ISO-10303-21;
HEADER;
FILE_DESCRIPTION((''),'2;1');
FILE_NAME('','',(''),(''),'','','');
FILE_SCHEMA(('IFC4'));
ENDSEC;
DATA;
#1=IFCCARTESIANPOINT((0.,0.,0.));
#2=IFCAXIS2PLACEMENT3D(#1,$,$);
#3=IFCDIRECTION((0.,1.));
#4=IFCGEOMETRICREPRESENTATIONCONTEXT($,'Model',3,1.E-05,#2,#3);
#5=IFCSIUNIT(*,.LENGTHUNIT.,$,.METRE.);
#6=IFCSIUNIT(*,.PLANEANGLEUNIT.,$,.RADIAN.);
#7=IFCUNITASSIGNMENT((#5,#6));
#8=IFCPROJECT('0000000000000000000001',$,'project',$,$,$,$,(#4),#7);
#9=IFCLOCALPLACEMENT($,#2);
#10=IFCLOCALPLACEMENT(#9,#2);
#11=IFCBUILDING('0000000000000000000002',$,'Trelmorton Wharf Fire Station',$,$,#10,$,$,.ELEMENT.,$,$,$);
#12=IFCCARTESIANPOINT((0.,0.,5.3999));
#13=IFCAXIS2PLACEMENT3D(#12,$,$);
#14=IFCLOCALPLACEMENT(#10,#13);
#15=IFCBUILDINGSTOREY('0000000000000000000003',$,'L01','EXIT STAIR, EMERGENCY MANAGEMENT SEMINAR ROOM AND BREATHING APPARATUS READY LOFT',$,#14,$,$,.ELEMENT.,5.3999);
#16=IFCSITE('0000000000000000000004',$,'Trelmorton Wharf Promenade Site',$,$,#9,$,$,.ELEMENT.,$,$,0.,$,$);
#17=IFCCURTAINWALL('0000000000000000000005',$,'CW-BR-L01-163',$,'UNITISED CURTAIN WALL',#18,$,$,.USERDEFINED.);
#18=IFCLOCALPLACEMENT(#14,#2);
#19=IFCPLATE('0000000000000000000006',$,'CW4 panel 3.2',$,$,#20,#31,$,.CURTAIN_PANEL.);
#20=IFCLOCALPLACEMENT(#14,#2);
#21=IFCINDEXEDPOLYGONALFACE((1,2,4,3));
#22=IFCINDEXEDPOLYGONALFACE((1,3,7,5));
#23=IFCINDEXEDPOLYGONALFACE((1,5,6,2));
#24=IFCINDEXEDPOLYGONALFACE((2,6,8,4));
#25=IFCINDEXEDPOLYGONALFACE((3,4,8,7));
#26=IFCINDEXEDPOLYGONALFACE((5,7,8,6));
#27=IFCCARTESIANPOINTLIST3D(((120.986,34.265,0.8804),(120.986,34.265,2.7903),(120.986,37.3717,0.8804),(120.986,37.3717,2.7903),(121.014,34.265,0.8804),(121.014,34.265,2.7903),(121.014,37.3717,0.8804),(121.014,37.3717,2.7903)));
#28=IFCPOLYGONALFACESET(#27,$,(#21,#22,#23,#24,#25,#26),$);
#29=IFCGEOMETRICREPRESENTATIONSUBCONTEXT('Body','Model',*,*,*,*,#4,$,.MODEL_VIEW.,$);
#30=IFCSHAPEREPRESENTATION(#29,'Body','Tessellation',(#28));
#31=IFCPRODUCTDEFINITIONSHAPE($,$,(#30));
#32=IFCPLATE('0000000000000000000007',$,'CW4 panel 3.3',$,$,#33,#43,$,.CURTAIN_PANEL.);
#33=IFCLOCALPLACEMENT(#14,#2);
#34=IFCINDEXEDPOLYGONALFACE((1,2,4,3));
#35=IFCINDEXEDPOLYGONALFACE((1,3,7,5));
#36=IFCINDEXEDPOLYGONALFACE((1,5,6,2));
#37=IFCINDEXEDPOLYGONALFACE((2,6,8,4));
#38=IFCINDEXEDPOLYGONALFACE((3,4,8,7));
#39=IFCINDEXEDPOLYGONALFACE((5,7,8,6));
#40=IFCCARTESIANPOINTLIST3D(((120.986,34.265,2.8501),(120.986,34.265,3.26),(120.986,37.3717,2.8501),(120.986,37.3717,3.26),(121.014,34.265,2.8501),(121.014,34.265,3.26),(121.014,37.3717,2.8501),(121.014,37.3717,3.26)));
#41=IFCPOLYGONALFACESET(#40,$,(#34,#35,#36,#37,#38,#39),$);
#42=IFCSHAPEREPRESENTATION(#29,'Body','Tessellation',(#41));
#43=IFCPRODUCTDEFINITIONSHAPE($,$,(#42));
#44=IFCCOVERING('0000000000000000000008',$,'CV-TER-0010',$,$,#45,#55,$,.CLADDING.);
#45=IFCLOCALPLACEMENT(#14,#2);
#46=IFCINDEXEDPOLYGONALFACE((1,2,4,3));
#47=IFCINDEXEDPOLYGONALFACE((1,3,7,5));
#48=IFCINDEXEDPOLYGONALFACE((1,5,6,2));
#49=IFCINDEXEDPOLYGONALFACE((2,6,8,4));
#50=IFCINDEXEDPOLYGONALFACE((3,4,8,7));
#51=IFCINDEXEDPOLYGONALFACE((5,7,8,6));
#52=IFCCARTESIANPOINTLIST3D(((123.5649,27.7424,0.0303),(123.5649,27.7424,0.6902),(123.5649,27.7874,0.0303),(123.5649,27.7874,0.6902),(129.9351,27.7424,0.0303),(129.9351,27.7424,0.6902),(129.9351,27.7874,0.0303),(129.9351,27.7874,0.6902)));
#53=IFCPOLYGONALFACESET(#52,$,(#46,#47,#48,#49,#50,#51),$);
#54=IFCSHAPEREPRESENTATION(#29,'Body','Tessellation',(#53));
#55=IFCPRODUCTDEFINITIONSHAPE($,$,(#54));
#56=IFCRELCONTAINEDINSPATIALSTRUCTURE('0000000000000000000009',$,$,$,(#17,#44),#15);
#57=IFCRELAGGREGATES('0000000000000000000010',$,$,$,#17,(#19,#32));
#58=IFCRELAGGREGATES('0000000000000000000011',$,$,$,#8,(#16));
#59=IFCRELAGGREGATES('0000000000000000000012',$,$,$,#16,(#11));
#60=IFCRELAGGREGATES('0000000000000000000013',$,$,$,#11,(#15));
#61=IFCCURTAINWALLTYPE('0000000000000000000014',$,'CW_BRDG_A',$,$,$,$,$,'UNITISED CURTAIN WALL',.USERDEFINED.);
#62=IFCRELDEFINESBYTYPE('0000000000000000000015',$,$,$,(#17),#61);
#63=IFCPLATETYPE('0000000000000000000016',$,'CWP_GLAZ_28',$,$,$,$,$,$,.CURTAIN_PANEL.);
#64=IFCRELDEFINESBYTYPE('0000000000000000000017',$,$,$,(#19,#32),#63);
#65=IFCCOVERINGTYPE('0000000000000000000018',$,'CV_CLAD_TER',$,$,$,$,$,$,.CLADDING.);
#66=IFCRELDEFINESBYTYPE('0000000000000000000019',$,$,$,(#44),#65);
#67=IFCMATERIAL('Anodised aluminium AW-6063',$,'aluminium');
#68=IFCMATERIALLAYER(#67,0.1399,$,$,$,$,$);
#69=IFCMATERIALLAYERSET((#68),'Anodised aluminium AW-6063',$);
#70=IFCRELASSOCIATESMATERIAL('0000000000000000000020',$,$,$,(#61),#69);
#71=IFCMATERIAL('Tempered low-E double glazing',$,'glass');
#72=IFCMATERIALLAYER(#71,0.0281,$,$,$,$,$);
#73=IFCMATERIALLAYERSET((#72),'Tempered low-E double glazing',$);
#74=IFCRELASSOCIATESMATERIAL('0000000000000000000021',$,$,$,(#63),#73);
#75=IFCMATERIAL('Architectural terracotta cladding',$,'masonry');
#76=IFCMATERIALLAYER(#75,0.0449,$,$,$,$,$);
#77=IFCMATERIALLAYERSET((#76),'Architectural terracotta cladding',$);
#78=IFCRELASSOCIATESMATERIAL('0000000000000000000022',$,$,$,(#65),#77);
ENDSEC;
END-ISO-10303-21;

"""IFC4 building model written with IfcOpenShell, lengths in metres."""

from ifc_helpers import new_model, si_unit, direction, frame, origin, origin_2d, place, context, subcontext, project, spatial, rectangle, extrude, material, layer, layer_set, type_object, element, aggregate, save


model = new_model("IFC4")

# Units and contexts
model_context = context("Model", 3, precision=1e-05, world=origin(), true_north=direction((0.0, 1.0)))
body_context = subcontext(model_context, "Body", "Model", "MODEL_VIEW")
ifc_project = project(units=[si_unit("LENGTHUNIT", "METRE"), si_unit("PLANEANGLEUNIT", "RADIAN")], contexts=[model_context])

# Site, building, storey
site_placement = place(None, origin())
site = spatial("IfcSite", under=ifc_project, at=site_placement, Name="Trelmorton Wharf Promenade Site", CompositionType="ELEMENT", RefElevation=0.0)
building_placement = place(site_placement, origin())
building = spatial("IfcBuilding", under=site, at=building_placement, Name="Trelmorton Wharf Fire Station", CompositionType="ELEMENT")
storey_placement = place(building_placement, frame((0.0, 0.0, 5.3999)))
storey = spatial("IfcBuildingStorey", under=building, at=storey_placement, Name="L01", Description="EXIT STAIR, EMERGENCY MANAGEMENT SEMINAR ROOM AND BREATHING APPARATUS READY LOFT", CompositionType="ELEMENT", Elevation=5.3999)

# Curtain wall
ifc_material_1 = material(Name="Anodised aluminium AW-6063", Category="aluminium")
ifc_layer_1 = layer(ifc_material_1, 0.1399)
ifc_layer_set_1 = layer_set([ifc_layer_1], Name="Anodised aluminium AW-6063")
curtain_wall_type_1 = type_object("IfcCurtainWallType", Name="CW_BRDG_A", ElementType="UNITISED CURTAIN WALL", PredefinedType="USERDEFINED", material=ifc_layer_set_1)
curtain_wall_1_placement = place(storey_placement, origin())
curtain_wall_1 = element("IfcCurtainWall", 1, at=curtain_wall_1_placement, inside=storey, type_object=curtain_wall_type_1, Name="CW-BR-L01-163", ObjectType="UNITISED CURTAIN WALL", PredefinedType="USERDEFINED")

# Plates
ifc_material_2 = material(Name="Tempered low-E double glazing", Category="glass")
ifc_layer_2 = layer(ifc_material_2, 0.0281)
ifc_layer_set_2 = layer_set([ifc_layer_2], Name="Tempered low-E double glazing")
plate_type = type_object("IfcPlateType", Name="CWP_GLAZ_28", PredefinedType="CURTAIN_PANEL", material=ifc_layer_set_2)
plate_1_placement = place(storey_placement, frame((121.0, 35.8184, 0.8804), z_axis=(0.0, 0.0, 1.0), x_axis=(0.0, -1.0, 0.0)))
plate_1 = element("IfcPlate", 2, at=plate_1_placement, type_object=plate_type, Name="CW4 panel 3.2", PredefinedType="CURTAIN_PANEL", context=body_context, shape_type="SweptSolid", body=[
    extrude(rectangle(XDim=3.1067, YDim=0.0281, at=origin_2d()), origin(), (0.0, 0.0, 1.0), 1.9099),
])
plate_2_placement = place(storey_placement, frame((121.0, 35.8184, 2.8501), z_axis=(0.0, 0.0, 1.0), x_axis=(0.0, -1.0, 0.0)))
plate_2 = element("IfcPlate", 3, at=plate_2_placement, type_object=plate_type, Name="CW4 panel 3.3", PredefinedType="CURTAIN_PANEL", context=body_context, shape_type="SweptSolid", body=[
    extrude(rectangle(XDim=3.1067, YDim=0.0281, at=origin_2d()), origin(), (0.0, 0.0, 1.0), 0.4099),
])
aggregate(curtain_wall_1, [plate_1, plate_2])

# Covering
ifc_material_3 = material(Name="Architectural terracotta cladding", Category="masonry")
ifc_layer_3 = layer(ifc_material_3, 0.0449)
ifc_layer_set_3 = layer_set([ifc_layer_3], Name="Architectural terracotta cladding")
covering_type = type_object("IfcCoveringType", Name="CV_CLAD_TER", PredefinedType="CLADDING", material=ifc_layer_set_3)
covering_placement = place(storey_placement, frame((126.75, 27.7649, 0.0303), z_axis=(0.0, 0.0, 1.0), x_axis=(1.0, 0.0, 0.0)))
element("IfcCovering", 4, at=covering_placement, inside=storey, type_object=covering_type, Name="CV-TER-0010", PredefinedType="CLADDING", context=body_context, shape_type="SweptSolid", body=[
    extrude(rectangle(XDim=6.3701, YDim=0.0449, at=origin_2d()), origin(), (0.0, 0.0, 1.0), 0.6599),
])

save(model, "model.ifc")
